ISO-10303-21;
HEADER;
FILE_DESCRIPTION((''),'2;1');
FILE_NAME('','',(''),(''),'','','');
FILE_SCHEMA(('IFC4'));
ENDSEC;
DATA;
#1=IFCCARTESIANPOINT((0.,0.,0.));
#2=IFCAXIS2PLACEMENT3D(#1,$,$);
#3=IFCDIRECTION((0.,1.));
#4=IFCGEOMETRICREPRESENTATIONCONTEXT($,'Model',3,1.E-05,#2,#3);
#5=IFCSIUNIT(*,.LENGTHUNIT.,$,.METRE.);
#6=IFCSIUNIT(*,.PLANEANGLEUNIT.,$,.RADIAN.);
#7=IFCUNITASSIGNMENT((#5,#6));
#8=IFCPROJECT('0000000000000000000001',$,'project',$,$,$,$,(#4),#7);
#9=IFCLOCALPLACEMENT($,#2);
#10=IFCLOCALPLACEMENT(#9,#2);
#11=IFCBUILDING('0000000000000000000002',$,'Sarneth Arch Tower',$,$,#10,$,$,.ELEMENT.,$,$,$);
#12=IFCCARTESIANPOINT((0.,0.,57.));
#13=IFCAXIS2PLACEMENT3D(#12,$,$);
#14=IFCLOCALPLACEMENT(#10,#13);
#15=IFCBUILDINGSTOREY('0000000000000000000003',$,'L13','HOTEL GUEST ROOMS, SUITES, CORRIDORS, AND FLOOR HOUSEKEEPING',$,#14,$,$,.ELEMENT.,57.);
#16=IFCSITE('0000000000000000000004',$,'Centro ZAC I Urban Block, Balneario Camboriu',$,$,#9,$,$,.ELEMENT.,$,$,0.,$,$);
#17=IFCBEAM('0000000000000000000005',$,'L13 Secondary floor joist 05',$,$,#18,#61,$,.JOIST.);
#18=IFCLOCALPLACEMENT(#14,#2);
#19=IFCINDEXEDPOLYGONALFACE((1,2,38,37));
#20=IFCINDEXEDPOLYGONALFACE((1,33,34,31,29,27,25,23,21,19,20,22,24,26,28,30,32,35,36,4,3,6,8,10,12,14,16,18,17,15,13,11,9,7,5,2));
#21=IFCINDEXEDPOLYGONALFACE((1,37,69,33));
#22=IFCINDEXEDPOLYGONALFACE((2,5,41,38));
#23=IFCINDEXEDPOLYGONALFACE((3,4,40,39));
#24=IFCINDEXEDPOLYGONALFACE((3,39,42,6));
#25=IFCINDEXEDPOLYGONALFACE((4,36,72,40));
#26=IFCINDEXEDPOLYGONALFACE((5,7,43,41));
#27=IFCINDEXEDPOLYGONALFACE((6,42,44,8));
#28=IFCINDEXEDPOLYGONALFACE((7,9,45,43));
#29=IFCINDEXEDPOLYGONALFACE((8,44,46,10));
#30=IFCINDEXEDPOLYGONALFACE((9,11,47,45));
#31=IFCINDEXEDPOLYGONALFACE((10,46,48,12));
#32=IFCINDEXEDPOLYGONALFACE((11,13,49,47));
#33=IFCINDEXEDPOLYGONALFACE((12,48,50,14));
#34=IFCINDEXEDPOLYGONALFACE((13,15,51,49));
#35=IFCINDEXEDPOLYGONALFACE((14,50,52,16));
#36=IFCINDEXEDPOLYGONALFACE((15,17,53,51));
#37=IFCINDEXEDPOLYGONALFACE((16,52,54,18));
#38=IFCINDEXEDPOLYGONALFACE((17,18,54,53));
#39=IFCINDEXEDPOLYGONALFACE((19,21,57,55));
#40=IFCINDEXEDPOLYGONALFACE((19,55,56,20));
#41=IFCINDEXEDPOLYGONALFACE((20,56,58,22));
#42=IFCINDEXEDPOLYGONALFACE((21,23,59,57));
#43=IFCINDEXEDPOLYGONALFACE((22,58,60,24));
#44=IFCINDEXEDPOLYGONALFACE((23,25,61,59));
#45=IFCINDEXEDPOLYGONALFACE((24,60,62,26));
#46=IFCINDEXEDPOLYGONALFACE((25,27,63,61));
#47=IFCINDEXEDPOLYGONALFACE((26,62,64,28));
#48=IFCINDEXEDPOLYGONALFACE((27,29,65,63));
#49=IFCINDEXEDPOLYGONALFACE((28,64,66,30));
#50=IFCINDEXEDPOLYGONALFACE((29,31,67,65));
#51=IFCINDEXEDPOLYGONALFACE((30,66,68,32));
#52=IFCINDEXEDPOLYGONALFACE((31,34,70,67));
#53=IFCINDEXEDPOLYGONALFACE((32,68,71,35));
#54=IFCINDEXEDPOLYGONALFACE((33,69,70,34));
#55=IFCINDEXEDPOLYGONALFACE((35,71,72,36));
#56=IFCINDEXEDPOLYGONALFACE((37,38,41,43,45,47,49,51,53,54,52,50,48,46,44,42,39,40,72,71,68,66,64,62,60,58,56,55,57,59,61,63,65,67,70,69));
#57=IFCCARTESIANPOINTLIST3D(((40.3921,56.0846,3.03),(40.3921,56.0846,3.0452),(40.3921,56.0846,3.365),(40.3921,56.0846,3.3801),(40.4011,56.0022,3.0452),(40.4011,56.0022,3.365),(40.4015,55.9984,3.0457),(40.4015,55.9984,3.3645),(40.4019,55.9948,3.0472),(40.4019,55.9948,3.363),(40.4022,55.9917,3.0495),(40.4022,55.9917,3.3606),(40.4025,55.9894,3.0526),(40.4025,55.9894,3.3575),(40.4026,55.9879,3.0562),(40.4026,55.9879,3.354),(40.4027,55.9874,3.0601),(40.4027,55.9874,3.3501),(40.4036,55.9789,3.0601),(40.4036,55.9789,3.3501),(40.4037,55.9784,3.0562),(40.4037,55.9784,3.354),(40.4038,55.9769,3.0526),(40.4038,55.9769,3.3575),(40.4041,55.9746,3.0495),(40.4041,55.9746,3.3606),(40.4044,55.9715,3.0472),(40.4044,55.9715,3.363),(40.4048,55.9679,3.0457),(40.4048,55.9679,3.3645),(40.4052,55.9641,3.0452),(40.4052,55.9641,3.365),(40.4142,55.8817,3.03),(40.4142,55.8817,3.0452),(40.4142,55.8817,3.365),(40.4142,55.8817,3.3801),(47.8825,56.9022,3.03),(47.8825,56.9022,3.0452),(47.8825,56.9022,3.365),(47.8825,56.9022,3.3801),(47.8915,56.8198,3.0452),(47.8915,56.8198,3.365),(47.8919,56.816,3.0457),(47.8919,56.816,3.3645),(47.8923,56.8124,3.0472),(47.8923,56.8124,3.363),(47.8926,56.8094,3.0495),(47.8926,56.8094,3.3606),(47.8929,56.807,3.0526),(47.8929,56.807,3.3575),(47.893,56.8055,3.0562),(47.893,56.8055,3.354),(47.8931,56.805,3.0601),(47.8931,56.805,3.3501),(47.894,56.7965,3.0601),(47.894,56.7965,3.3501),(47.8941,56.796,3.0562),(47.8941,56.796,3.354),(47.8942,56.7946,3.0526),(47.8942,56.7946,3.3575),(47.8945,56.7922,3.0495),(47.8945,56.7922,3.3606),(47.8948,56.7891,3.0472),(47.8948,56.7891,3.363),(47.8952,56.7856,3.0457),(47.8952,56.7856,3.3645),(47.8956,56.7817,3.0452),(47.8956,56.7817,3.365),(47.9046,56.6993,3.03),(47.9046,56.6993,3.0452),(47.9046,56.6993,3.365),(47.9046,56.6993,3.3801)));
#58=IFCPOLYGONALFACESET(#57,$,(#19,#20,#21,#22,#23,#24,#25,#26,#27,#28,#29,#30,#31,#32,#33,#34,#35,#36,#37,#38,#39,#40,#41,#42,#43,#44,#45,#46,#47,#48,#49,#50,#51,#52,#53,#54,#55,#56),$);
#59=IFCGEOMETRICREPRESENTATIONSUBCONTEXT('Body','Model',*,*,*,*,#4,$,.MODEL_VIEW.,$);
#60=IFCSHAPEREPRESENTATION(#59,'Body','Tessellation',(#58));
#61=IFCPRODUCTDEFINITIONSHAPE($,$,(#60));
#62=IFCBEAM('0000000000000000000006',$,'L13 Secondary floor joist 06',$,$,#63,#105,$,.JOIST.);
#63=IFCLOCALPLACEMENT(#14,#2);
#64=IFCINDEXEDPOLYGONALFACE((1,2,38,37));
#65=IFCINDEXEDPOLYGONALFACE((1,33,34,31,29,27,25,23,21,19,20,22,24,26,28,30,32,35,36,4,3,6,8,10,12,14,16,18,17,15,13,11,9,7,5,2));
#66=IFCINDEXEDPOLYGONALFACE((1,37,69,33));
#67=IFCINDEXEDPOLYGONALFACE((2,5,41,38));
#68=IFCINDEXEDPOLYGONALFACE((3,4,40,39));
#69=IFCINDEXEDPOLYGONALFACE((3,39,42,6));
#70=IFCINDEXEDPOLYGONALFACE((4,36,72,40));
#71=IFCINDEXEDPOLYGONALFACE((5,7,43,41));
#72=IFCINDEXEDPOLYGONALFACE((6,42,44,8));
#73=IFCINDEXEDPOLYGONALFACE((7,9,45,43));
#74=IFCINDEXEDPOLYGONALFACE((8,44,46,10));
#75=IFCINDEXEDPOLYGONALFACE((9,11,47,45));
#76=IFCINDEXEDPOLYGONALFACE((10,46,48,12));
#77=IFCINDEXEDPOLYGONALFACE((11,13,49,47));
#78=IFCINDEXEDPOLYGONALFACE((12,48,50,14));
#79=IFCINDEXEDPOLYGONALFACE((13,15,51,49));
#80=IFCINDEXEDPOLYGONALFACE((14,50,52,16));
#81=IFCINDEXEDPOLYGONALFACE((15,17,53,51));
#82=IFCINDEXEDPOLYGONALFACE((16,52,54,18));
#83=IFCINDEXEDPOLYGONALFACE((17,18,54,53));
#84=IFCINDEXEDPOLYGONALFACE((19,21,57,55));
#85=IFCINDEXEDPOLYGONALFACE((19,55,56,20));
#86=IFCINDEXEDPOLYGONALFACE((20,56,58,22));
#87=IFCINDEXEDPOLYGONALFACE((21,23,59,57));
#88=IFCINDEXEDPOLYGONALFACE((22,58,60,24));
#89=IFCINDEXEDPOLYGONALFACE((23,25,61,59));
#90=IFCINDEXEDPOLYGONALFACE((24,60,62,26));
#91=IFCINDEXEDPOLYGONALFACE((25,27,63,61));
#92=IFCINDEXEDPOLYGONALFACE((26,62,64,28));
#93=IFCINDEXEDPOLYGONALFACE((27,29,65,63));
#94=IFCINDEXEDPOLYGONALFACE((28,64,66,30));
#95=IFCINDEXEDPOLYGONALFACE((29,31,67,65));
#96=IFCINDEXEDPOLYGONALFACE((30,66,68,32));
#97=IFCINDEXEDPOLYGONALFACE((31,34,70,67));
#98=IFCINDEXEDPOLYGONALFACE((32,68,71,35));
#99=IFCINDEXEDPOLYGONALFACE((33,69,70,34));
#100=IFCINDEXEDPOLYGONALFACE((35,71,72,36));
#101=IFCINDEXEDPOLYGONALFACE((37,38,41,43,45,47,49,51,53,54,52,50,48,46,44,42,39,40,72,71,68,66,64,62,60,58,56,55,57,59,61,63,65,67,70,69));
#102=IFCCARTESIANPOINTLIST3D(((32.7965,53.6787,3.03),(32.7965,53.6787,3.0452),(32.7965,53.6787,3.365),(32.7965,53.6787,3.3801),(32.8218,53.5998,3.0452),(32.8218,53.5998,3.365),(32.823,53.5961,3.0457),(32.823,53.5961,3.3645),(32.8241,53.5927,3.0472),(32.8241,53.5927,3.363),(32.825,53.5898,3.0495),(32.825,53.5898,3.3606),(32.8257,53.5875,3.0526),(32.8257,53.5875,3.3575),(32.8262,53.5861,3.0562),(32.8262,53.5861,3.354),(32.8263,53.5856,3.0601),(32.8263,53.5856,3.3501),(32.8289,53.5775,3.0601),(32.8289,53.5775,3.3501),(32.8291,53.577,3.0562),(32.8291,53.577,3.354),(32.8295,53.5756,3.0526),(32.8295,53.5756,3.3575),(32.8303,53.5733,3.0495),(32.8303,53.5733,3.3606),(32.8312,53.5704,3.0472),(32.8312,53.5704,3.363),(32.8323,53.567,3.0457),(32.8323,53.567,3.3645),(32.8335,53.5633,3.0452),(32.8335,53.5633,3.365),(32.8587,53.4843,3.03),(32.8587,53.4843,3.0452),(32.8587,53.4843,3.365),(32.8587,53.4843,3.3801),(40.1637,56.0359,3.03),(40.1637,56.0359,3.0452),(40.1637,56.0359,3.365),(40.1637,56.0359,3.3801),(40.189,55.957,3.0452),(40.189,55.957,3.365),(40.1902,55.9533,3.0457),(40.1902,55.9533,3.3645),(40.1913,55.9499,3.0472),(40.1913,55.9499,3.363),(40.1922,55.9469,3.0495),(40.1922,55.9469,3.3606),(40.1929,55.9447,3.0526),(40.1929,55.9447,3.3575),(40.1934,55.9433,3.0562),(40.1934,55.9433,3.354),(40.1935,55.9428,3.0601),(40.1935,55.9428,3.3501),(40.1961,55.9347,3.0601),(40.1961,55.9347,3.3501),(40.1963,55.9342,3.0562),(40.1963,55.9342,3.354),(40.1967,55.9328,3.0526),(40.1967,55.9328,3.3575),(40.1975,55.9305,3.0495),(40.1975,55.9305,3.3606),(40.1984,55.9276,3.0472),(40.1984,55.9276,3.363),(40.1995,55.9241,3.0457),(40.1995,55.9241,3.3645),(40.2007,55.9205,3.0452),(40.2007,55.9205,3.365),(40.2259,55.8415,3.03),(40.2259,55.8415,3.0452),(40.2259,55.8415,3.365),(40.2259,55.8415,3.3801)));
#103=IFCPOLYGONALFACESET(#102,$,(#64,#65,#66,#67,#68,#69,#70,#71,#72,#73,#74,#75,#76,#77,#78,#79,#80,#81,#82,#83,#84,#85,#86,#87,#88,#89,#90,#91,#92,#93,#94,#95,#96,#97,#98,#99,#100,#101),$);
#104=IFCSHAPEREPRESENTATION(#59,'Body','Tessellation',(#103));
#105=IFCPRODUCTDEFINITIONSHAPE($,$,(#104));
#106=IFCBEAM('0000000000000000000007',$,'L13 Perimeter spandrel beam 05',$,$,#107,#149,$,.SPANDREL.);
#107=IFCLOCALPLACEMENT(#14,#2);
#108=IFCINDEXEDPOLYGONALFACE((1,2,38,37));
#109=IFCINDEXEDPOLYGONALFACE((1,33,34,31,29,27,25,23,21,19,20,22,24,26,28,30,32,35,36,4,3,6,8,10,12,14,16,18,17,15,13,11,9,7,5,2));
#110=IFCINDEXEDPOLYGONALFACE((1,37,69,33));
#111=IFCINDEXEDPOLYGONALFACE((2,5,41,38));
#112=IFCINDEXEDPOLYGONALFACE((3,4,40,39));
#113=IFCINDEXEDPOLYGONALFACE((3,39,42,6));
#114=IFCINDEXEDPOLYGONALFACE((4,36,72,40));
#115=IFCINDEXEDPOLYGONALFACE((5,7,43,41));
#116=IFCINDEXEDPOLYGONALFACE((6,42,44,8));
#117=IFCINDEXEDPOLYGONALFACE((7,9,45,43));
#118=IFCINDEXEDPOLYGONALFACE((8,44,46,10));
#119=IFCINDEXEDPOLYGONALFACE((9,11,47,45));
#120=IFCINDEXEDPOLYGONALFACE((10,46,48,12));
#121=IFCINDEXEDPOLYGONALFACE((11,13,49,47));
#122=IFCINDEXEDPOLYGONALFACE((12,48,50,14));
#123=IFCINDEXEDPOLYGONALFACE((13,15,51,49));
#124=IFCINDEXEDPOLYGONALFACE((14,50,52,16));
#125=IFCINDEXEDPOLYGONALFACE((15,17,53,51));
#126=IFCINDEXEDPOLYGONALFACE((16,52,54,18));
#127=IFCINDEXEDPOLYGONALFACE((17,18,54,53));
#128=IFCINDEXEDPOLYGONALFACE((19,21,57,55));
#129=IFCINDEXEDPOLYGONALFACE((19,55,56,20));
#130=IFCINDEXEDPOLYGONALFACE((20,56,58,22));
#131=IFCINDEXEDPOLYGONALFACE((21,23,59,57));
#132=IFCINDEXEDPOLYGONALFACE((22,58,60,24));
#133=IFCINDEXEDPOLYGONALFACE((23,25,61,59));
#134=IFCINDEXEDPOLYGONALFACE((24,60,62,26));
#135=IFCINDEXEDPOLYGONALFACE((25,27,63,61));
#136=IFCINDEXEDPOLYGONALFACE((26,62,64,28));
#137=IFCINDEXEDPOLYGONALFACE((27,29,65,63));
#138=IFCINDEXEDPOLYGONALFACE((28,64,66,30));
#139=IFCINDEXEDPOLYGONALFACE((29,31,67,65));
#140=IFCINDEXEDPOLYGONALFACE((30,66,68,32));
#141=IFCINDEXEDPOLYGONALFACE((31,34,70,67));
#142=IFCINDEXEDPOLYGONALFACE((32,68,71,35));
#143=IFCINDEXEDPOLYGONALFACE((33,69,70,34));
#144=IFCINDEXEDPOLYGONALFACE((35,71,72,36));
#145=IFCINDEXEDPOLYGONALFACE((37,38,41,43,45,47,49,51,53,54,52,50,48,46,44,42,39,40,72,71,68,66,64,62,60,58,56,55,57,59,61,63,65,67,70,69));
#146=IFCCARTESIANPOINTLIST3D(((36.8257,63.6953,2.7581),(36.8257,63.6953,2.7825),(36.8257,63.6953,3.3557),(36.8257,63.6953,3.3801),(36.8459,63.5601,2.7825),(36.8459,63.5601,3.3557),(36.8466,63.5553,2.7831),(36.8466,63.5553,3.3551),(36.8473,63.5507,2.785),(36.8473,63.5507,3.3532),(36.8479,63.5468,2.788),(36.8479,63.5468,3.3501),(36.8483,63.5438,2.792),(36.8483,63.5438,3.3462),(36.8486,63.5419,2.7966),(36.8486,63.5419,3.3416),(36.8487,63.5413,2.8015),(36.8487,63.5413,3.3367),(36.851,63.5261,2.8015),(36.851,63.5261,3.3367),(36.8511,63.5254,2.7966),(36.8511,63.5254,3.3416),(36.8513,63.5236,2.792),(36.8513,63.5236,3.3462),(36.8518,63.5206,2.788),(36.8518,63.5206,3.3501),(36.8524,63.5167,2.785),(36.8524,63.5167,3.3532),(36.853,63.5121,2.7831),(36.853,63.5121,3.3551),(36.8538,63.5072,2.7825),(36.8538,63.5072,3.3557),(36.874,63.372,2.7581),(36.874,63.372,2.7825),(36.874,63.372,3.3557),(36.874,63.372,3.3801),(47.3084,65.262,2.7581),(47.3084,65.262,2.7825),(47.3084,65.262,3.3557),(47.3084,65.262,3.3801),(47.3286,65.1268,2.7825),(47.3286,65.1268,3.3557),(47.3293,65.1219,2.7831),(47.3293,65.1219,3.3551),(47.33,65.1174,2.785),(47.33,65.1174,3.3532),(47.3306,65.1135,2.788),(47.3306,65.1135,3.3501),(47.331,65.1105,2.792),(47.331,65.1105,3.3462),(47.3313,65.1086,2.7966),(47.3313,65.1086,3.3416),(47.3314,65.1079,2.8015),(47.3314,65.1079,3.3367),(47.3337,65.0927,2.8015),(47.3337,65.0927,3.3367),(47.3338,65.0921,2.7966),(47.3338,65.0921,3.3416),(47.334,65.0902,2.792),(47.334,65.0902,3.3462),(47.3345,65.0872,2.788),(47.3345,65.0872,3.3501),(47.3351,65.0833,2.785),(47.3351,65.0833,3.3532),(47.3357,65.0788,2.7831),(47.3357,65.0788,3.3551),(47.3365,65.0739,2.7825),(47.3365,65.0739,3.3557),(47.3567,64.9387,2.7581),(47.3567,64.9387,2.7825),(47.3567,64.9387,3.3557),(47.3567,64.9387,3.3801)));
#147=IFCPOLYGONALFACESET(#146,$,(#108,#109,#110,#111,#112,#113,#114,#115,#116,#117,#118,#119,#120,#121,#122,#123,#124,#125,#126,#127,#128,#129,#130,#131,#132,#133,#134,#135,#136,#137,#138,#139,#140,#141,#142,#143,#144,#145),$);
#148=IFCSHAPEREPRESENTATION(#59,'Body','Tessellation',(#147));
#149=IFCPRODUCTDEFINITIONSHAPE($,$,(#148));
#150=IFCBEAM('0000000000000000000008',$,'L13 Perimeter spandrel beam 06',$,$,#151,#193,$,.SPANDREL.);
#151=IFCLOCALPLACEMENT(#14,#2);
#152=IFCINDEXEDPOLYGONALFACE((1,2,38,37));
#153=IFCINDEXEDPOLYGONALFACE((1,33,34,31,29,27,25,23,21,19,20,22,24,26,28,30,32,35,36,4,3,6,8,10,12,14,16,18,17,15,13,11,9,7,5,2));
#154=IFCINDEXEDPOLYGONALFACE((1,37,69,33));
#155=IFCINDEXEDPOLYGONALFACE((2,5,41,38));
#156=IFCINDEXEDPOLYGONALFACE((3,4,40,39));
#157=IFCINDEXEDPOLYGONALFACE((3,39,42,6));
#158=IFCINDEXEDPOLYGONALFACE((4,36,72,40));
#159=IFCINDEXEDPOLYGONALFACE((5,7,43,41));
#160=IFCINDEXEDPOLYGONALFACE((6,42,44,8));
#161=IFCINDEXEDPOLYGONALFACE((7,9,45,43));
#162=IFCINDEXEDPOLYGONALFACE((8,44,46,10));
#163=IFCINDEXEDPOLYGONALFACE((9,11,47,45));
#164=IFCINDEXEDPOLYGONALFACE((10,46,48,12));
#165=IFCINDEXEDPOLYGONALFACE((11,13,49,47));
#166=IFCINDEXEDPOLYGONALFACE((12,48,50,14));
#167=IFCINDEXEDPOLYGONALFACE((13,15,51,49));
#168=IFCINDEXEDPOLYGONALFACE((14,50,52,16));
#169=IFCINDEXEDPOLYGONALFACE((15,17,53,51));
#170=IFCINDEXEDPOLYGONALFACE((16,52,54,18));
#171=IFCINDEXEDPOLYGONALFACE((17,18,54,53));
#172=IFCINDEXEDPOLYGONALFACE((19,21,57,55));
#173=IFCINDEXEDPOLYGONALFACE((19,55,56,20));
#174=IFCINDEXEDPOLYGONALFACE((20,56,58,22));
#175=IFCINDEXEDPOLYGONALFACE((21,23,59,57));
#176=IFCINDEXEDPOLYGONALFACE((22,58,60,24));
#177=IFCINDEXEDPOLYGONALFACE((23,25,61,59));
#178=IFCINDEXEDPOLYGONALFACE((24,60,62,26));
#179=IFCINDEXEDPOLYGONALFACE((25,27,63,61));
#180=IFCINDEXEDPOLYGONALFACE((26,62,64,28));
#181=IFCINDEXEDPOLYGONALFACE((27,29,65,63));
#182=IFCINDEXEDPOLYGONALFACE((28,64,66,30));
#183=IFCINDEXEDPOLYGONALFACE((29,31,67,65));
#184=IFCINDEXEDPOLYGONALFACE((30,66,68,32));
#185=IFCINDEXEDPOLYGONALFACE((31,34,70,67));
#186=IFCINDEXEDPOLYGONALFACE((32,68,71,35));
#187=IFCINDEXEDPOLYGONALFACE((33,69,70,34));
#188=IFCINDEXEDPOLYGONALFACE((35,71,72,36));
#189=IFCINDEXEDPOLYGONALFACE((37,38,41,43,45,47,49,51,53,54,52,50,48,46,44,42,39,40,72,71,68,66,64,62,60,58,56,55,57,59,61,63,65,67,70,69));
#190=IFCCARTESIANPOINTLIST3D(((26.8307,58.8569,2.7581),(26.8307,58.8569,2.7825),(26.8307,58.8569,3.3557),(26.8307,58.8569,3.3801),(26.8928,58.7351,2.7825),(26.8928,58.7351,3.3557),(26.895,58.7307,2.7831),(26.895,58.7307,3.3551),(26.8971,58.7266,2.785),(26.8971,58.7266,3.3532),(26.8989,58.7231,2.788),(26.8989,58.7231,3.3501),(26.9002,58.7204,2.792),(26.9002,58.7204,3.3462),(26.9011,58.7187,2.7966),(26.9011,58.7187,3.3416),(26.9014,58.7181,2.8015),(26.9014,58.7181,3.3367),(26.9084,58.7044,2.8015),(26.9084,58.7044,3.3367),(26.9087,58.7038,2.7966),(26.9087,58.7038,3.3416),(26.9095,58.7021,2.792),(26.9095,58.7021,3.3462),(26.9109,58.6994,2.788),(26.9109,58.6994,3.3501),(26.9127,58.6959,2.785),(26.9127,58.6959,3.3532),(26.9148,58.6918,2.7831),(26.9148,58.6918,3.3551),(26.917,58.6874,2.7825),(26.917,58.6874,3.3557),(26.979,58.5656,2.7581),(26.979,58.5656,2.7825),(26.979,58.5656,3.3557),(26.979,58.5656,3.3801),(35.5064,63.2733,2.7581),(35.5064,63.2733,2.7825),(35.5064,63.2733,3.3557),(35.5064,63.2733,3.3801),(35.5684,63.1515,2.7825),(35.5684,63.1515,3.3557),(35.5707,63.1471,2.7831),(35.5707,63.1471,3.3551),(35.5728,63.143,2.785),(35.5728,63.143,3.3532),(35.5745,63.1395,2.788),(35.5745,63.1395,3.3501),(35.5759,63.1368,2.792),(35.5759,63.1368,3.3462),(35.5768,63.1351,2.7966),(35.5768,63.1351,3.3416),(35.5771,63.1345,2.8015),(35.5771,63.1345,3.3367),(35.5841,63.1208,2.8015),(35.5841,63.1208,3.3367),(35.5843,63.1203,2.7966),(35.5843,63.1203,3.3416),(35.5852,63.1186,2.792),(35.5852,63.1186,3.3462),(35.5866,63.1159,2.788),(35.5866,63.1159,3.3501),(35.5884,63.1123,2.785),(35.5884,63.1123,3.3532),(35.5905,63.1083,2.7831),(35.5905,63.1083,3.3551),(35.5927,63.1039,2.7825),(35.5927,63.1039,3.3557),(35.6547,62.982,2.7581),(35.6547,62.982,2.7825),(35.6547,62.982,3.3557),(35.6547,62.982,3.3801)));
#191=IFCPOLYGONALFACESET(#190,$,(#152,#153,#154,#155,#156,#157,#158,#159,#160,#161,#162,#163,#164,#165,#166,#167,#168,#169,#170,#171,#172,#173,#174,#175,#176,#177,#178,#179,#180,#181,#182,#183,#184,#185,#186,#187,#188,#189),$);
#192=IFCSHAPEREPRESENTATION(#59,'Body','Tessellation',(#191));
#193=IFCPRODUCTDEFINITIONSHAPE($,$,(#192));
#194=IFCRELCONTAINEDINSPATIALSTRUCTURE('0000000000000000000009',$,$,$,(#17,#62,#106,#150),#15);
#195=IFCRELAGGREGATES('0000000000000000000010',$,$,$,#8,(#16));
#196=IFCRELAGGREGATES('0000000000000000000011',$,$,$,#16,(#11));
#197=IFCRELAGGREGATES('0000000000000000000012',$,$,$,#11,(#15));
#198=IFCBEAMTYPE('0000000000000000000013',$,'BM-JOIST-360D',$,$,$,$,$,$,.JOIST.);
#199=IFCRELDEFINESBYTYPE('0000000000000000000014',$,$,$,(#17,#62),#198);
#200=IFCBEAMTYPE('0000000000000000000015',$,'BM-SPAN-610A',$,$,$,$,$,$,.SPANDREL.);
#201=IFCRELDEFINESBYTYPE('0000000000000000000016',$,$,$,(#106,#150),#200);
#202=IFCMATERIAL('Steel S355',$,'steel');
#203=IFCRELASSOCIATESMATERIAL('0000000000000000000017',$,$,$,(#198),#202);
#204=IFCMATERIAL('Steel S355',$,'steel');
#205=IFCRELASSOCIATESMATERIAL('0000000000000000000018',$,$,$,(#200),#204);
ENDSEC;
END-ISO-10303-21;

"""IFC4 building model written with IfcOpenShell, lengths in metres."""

from ifc_helpers import new_model, si_unit, direction, frame, origin, origin_2d, place, context, subcontext, project, spatial, i_section, extrude, material, material_profile, profile_set, type_object, element, save


model = new_model("IFC4")

# Units and contexts
model_context = context("Model", 3, precision=1e-05, world=origin(), true_north=direction((0.0, 1.0)))
body_context = subcontext(model_context, "Body", "Model", "MODEL_VIEW")
ifc_project = project(units=[si_unit("LENGTHUNIT", "METRE"), si_unit("PLANEANGLEUNIT", "RADIAN")], contexts=[model_context])

# Site, building, storey
site_placement = place(None, origin())
site = spatial("IfcSite", under=ifc_project, at=site_placement, Name="Centro ZAC I Urban Block, Balneario Camboriu", CompositionType="ELEMENT", RefElevation=0.0)
building_placement = place(site_placement, origin())
building = spatial("IfcBuilding", under=site, at=building_placement, Name="Sarneth Arch Tower", CompositionType="ELEMENT")
storey_placement = place(building_placement, frame((0.0, 0.0, 57.0)))
storey = spatial("IfcBuildingStorey", under=building, at=storey_placement, Name="L13", Description="HOTEL GUEST ROOMS, SUITES, CORRIDORS, AND FLOOR HOUSEKEEPING", CompositionType="ELEMENT", Elevation=57.0)

# Beams
ifc_material_1 = material(Name="Steel S355", Category="steel")
ifc_material_profile_1 = material_profile(ifc_material_1, i_section(OverallWidth=0.2041, OverallDepth=0.3501, WebThickness=0.0085, FlangeThickness=0.0151, FilletRadius=0.0149, at=origin_2d()), Name="W360x72")
ifc_profile_set_1 = profile_set([ifc_material_profile_1], Name="Steel S355")
beam_type_1 = type_object("IfcBeamType", Name="BM-JOIST-360D", PredefinedType="JOIST", material=ifc_profile_set_1)
beam_1_placement = place(storey_placement, frame((47.8936, 56.8008, 3.2051), z_axis=(-0.994095, -0.108511, 0.0), x_axis=(0.108511, -0.994095, 0.0)))
element("IfcBeam", 1, at=beam_1_placement, inside=storey, type_object=beam_type_1, Name="L13 Secondary floor joist 05", PredefinedType="JOIST", context=body_context, shape_type="SweptSolid", body=[
    extrude(i_section(OverallWidth=0.2041, OverallDepth=0.3501, WebThickness=0.0085, FlangeThickness=0.0151, FilletRadius=0.0149, at=origin_2d()), origin(), (0.0, 0.0, 1.0), 7.5349),
])
beam_2_placement = place(storey_placement, frame((40.1948, 55.9387, 3.2051), z_axis=(-0.952436, -0.304738, 0.0), x_axis=(0.304738, -0.952436, 0.0)))
element("IfcBeam", 2, at=beam_2_placement, inside=storey, type_object=beam_type_1, Name="L13 Secondary floor joist 06", PredefinedType="JOIST", context=body_context, shape_type="SweptSolid", body=[
    extrude(i_section(OverallWidth=0.2041, OverallDepth=0.3501, WebThickness=0.0085, FlangeThickness=0.0151, FilletRadius=0.0149, at=origin_2d()), origin(), (0.0, 0.0, 1.0), 7.7351),
])
ifc_material_2 = material(Name="Steel S355", Category="steel")
ifc_material_profile_2 = material_profile(ifc_material_2, i_section(OverallWidth=0.3269, OverallDepth=0.6221, WebThickness=0.0154, FlangeThickness=0.0244, FilletRadius=0.019, at=origin_2d()), Name="W610x195")
ifc_profile_set_2 = profile_set([ifc_material_profile_2], Name="Steel S355")
beam_type_2 = type_object("IfcBeamType", Name="BM-SPAN-610A", PredefinedType="SPANDREL", material=ifc_profile_set_2)
beam_3_placement = place(storey_placement, frame((47.3325, 65.1003, 3.0691), z_axis=(-0.989016, -0.14781, 0.0), x_axis=(0.14781, -0.989016, 0.0)))
element("IfcBeam", 3, at=beam_3_placement, inside=storey, type_object=beam_type_2, Name="L13 Perimeter spandrel beam 05", PredefinedType="SPANDREL", context=body_context, shape_type="SweptSolid", body=[
    extrude(i_section(OverallWidth=0.3269, OverallDepth=0.6221, WebThickness=0.0154, FlangeThickness=0.0244, FilletRadius=0.019, at=origin_2d()), origin(), (0.0, 0.0, 1.0), 10.5991),
])
beam_4_placement = place(storey_placement, frame((35.5806, 63.1277, 3.0691), z_axis=(-0.891174, -0.453662, 0.0), x_axis=(0.453662, -0.891174, 0.0)))
element("IfcBeam", 4, at=beam_4_placement, inside=storey, type_object=beam_type_2, Name="L13 Perimeter spandrel beam 06", PredefinedType="SPANDREL", context=body_context, shape_type="SweptSolid", body=[
    extrude(i_section(OverallWidth=0.3269, OverallDepth=0.6221, WebThickness=0.0154, FlangeThickness=0.0244, FilletRadius=0.019, at=origin_2d()), origin(), (0.0, 0.0, 1.0), 9.7351),
])

save(model, "model.ifc")
